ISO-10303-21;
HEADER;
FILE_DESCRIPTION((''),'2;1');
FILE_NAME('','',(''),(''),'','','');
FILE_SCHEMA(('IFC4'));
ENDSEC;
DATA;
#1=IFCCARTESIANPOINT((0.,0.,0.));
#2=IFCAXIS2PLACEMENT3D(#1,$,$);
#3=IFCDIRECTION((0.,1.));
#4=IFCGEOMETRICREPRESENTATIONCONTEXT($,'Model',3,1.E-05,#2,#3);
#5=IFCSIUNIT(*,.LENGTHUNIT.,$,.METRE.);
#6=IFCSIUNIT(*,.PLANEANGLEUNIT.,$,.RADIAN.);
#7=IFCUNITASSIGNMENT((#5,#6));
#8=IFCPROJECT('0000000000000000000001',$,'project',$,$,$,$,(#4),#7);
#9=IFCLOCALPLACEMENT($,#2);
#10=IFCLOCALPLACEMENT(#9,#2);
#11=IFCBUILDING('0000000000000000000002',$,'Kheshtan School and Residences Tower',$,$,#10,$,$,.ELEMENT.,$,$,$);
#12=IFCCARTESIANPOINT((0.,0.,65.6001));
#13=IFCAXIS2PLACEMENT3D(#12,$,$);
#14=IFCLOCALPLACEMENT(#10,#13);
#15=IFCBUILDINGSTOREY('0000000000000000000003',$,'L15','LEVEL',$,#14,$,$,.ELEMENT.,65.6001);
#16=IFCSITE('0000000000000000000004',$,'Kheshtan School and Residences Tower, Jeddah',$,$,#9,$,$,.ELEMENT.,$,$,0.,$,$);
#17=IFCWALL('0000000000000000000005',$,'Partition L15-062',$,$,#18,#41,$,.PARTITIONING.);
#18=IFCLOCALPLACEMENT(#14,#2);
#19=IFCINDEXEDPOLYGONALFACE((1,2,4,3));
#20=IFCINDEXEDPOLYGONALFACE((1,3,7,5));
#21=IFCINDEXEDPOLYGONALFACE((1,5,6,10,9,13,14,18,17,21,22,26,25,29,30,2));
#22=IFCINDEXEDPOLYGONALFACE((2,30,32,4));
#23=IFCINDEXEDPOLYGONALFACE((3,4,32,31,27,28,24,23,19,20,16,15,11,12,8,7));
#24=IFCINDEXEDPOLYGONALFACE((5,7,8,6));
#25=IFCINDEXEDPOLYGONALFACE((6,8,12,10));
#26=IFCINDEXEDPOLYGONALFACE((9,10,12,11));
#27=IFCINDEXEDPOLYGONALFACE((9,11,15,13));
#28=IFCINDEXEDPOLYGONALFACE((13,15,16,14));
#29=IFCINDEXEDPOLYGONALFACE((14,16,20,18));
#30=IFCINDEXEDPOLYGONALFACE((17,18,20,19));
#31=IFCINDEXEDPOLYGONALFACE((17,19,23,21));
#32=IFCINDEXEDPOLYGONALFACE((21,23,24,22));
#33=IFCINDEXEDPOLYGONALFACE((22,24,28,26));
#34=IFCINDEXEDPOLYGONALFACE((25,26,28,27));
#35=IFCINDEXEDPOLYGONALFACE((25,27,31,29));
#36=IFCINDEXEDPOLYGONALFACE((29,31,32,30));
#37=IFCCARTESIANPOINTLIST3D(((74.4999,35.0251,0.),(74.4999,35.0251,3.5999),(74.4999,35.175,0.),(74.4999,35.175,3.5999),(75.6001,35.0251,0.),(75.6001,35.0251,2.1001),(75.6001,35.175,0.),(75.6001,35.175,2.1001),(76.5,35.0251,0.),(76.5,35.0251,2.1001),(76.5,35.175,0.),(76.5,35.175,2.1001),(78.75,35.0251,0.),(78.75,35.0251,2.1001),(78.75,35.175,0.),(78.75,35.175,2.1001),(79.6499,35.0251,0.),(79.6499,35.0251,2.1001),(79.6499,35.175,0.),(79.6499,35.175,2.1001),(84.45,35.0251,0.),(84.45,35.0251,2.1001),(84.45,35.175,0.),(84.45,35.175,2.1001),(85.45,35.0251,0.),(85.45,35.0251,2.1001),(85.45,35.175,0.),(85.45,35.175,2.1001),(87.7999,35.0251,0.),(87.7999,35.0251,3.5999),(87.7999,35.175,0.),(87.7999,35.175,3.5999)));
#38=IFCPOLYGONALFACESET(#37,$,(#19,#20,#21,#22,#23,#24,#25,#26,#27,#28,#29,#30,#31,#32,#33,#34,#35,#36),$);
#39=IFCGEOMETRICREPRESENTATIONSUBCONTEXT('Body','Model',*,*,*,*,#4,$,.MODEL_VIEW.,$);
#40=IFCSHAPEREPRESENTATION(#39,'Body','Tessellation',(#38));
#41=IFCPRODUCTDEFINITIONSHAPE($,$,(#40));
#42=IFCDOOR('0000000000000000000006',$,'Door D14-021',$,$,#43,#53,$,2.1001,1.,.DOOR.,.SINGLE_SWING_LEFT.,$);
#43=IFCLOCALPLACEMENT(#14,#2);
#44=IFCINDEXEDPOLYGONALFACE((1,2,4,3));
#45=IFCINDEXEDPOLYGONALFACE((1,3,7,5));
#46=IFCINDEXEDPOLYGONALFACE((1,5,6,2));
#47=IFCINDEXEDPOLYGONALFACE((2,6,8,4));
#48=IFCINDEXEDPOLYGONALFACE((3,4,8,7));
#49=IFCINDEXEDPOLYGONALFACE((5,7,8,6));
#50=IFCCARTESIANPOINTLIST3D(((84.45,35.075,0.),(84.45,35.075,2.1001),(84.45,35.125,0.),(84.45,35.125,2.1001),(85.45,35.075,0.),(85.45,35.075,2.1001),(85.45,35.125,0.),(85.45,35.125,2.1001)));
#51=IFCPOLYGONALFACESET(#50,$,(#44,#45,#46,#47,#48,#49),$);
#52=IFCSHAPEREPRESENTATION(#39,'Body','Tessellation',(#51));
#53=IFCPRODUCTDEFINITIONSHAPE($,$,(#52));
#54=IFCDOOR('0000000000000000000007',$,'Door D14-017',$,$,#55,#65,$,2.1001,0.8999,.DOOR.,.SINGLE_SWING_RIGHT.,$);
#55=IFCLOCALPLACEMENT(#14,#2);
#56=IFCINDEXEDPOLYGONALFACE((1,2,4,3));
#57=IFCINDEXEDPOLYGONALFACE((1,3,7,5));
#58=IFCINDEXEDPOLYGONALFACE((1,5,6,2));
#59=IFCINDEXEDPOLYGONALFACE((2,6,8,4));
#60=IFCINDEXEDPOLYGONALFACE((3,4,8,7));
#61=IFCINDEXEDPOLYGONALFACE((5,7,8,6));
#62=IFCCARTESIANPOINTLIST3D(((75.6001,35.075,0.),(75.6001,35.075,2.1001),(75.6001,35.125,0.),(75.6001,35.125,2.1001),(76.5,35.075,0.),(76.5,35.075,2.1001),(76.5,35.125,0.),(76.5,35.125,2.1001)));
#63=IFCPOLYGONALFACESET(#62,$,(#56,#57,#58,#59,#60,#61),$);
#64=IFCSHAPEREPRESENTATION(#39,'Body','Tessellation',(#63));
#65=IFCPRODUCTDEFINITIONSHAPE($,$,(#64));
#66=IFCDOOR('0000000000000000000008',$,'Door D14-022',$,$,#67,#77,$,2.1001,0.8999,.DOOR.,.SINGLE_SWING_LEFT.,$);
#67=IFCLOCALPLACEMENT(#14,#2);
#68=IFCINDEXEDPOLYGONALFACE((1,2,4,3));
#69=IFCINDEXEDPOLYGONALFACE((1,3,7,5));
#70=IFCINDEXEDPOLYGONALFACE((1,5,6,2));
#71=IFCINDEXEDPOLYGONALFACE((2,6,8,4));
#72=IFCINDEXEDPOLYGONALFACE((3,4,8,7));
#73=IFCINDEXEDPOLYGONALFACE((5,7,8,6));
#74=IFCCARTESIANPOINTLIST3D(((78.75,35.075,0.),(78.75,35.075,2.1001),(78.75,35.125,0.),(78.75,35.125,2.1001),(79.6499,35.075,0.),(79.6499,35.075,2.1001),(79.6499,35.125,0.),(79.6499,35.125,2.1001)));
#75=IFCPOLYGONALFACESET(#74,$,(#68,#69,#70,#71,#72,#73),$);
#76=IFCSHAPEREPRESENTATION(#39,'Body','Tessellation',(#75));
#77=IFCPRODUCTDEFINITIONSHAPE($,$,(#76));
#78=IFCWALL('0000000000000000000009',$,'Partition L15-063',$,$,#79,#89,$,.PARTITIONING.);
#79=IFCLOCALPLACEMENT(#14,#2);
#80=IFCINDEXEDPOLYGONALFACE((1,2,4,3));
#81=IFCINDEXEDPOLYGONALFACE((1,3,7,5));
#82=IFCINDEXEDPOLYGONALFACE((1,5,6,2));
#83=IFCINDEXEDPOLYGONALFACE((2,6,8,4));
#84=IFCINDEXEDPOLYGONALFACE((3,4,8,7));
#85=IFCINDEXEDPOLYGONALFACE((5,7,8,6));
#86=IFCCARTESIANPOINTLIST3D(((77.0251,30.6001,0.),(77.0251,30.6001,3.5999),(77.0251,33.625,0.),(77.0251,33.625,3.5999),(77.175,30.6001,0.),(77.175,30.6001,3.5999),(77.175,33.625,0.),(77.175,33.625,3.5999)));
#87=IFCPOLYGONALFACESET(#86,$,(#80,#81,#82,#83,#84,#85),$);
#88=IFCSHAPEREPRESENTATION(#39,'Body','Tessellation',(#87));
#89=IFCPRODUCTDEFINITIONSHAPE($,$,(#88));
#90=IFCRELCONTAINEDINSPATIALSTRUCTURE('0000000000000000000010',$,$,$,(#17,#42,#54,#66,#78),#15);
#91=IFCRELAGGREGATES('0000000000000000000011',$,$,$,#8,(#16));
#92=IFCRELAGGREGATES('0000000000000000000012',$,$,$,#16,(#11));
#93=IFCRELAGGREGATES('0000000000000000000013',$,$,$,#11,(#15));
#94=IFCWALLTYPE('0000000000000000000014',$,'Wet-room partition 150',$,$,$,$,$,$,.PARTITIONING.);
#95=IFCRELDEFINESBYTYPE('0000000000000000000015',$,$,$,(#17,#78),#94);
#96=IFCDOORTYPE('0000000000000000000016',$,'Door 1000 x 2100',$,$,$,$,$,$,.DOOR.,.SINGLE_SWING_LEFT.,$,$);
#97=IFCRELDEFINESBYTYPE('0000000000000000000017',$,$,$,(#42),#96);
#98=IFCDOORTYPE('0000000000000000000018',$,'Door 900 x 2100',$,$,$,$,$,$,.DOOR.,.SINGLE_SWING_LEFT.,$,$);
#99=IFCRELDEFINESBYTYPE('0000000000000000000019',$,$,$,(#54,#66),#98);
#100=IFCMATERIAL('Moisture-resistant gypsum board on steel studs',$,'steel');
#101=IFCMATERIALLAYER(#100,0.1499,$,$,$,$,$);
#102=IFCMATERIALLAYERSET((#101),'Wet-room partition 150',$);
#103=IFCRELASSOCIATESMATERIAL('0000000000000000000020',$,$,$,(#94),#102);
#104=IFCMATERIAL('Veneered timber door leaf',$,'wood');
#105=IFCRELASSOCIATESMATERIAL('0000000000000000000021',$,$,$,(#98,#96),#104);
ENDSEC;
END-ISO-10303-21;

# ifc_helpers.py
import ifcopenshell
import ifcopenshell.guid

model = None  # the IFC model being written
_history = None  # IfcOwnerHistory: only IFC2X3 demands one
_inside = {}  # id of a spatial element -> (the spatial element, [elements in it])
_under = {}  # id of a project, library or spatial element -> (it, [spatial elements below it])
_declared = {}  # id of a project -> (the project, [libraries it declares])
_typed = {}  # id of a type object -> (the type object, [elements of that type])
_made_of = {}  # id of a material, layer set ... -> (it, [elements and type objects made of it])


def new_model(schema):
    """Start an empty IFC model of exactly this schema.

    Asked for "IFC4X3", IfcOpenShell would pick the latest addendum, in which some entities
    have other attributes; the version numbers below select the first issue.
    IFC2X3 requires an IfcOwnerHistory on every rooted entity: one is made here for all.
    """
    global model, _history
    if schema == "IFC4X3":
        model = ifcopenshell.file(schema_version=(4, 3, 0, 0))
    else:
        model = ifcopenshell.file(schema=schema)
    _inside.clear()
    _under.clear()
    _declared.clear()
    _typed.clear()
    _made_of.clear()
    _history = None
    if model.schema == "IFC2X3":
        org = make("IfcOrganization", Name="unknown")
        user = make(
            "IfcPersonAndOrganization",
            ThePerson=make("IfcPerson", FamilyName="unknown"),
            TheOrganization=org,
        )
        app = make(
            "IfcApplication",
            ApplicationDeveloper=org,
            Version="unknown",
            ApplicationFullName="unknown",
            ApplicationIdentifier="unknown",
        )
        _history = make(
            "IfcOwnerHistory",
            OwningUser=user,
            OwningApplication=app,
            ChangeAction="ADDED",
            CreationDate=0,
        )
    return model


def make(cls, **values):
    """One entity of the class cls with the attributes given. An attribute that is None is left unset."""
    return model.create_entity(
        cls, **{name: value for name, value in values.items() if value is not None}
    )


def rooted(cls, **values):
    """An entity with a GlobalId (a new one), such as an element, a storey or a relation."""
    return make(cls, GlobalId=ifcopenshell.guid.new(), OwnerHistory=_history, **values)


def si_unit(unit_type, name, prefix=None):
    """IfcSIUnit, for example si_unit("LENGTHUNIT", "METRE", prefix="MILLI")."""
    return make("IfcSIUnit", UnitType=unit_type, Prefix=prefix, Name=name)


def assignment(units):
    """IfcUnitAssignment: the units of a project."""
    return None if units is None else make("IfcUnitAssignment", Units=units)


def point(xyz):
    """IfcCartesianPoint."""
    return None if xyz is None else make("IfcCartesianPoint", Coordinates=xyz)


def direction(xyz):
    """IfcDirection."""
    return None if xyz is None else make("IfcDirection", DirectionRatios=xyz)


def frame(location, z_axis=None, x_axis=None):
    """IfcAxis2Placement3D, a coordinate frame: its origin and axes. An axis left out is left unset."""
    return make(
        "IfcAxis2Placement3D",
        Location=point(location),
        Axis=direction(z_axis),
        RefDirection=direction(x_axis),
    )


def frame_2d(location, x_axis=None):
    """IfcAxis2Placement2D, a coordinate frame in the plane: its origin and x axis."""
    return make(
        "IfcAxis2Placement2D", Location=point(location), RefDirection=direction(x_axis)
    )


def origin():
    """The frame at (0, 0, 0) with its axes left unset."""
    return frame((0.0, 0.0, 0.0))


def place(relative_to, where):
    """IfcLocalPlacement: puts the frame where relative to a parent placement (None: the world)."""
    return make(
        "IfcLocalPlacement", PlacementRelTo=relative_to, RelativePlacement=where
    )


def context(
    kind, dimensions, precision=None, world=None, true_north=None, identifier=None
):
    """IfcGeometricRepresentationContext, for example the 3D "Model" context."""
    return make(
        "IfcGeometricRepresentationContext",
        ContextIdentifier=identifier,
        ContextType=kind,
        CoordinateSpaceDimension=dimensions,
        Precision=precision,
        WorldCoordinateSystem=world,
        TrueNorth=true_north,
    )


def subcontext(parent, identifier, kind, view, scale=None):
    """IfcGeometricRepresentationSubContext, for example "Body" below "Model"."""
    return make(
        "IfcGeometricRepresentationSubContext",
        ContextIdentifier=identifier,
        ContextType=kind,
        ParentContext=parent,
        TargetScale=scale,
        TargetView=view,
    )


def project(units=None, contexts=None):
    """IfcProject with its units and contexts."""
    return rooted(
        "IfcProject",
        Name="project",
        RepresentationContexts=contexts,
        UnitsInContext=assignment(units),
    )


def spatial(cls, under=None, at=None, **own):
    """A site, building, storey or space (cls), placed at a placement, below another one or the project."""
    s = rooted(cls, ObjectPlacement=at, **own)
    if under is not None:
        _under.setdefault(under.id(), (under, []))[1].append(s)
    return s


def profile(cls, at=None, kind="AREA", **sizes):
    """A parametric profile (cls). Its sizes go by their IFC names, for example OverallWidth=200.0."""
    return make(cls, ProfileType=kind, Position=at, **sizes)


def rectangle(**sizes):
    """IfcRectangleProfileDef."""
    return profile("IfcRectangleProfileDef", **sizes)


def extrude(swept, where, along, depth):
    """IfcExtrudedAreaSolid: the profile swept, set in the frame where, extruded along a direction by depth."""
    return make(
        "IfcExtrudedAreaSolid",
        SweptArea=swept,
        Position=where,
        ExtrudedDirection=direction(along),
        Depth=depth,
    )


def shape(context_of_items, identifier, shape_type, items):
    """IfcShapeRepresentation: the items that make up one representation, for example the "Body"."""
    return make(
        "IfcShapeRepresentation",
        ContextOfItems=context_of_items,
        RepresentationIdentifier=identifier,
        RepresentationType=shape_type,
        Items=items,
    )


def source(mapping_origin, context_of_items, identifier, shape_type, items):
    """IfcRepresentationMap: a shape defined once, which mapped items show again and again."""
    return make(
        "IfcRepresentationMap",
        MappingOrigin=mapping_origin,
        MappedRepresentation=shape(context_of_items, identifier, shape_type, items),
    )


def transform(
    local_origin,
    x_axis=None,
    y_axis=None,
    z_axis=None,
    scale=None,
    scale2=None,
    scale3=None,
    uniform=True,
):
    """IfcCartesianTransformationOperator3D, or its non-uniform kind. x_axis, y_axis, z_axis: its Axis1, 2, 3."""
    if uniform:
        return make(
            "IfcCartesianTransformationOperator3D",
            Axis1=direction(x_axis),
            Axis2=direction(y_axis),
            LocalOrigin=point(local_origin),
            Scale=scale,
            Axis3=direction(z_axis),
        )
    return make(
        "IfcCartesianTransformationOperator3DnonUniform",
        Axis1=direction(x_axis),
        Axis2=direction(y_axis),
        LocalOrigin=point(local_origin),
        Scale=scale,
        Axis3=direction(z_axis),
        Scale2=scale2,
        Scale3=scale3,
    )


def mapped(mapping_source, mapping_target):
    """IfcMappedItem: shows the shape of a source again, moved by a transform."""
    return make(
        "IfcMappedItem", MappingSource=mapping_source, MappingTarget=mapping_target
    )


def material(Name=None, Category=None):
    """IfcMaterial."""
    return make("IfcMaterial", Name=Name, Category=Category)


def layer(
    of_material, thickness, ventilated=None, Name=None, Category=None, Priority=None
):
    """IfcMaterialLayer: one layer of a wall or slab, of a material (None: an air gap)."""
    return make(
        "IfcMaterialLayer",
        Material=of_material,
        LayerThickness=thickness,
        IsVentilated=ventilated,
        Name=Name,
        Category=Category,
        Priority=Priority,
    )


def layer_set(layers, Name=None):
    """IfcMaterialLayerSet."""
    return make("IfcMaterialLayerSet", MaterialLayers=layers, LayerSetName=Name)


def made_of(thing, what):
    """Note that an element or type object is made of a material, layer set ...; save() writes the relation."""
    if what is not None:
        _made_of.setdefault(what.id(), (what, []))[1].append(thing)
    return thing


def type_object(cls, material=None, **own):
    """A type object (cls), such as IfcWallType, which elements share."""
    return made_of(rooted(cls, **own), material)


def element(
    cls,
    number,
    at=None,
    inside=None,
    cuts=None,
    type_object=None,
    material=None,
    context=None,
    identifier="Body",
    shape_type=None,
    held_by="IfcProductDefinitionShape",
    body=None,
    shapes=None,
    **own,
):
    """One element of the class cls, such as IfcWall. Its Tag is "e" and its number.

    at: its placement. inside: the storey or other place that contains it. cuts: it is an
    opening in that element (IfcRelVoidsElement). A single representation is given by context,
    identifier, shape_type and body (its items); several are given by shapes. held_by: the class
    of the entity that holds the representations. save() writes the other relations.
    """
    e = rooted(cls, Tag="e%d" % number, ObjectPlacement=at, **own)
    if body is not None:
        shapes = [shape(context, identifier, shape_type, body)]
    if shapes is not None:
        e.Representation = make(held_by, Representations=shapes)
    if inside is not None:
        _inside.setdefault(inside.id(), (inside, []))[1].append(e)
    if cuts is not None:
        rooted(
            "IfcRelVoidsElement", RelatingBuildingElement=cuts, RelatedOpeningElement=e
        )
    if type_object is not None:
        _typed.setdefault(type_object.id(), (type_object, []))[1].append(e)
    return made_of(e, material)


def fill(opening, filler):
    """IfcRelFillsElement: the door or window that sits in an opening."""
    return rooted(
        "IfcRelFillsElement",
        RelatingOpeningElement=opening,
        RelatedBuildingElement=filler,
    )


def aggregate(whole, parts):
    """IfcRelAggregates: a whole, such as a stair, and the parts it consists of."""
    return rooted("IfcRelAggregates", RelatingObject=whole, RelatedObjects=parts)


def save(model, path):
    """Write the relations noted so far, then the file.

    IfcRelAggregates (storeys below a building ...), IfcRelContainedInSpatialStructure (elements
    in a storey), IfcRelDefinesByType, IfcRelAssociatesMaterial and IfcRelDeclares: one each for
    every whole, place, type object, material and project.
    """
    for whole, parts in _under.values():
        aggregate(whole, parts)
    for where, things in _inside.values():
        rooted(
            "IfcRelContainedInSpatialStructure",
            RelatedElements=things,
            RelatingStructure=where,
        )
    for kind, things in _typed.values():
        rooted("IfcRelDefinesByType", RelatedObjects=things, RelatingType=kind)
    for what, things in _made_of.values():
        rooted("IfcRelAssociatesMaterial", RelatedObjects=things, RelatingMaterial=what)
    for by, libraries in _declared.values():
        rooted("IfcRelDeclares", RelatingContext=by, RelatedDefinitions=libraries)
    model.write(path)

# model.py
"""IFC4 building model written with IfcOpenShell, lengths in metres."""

from ifc_helpers import new_model, si_unit, direction, frame, frame_2d, origin, place, context, subcontext, project, spatial, rectangle, extrude, source, transform, mapped, material, layer, layer_set, type_object, element, fill, save


model = new_model("IFC4")

# Units and contexts
model_context = context("Model", 3, precision=1e-05, world=origin(), true_north=direction((0.0, 1.0)))
body_context = subcontext(model_context, "Body", "Model", "MODEL_VIEW")
ifc_project = project(units=[si_unit("LENGTHUNIT", "METRE"), si_unit("PLANEANGLEUNIT", "RADIAN")], contexts=[model_context])

# Site, building, storey
site_placement = place(None, origin())
site = spatial("IfcSite", under=ifc_project, at=site_placement, Name="Kheshtan School and Residences Tower, Jeddah", CompositionType="ELEMENT", RefElevation=0.0)
building_placement = place(site_placement, origin())
building = spatial("IfcBuilding", under=site, at=building_placement, Name="Kheshtan School and Residences Tower", CompositionType="ELEMENT")
storey_placement = place(building_placement, frame((0.0, 0.0, 65.6001)))
storey = spatial("IfcBuildingStorey", under=building, at=storey_placement, Name="L15", Description="LEVEL", CompositionType="ELEMENT", Elevation=65.6001)

# Shared definitions
ifc_material_1 = material(Name="Moisture-resistant gypsum board on steel studs", Category="steel")
ifc_layer_1 = layer(ifc_material_1, 0.1499)
ifc_layer_set_1 = layer_set([ifc_layer_1], Name="Wet-room partition 150")
wall_type_1 = type_object("IfcWallType", Name="Wet-room partition 150", PredefinedType="PARTITIONING", material=ifc_layer_set_1)

# Shared definitions
ifc_material_2 = material(Name="Veneered timber door leaf", Category="wood")

# Wall, openings, doors
door_type_1 = type_object("IfcDoorType", Name="Door 900 x 2100", OperationType="SINGLE_SWING_LEFT", PredefinedType="DOOR", material=ifc_material_2)
shared_shape_1 = source(origin(), body_context, "Body", "SweptSolid", [
    extrude(rectangle(XDim=0.8999, YDim=2.1001, at=frame_2d((0.45, 1.05))), frame((0.0, 0.0249, 0.0), z_axis=(0.0, -1.0, 0.0), x_axis=(1.0, 0.0, 0.0)), (0.0, 0.0, 1.0), 0.05),
])
wall_1_placement = place(storey_placement, frame((74.5, 35.1001, 0.0), z_axis=(0.0, 0.0, 1.0), x_axis=(1.0, 0.0, 0.0)))
wall_1 = element("IfcWall", 1, at=wall_1_placement, inside=storey, type_object=wall_type_1, Name="Partition L15-062", PredefinedType="PARTITIONING", context=body_context, shape_type="SweptSolid", body=[
    extrude(rectangle(XDim=13.3, YDim=0.1499, at=frame_2d((6.6499, 0.0))), origin(), (0.0, 0.0, 1.0), 3.5999),
])
opening_1_placement = place(wall_1_placement, frame((1.1001, 0.0, 0.0)))
opening_1 = element("IfcOpeningElement", 2, at=opening_1_placement, cuts=wall_1, PredefinedType="OPENING", context=body_context, shape_type="SweptSolid", body=[
    extrude(rectangle(XDim=0.8999, YDim=2.1001, at=frame_2d((0.45, 1.05))), frame((0.0, 0.085, 0.0), z_axis=(0.0, -1.0, 0.0), x_axis=(1.0, 0.0, 0.0)), (0.0, 0.0, 1.0), 0.1699),
])
opening_2_placement = place(wall_1_placement, frame((9.95, 0.0, 0.0)))
opening_2 = element("IfcOpeningElement", 3, at=opening_2_placement, cuts=wall_1, PredefinedType="OPENING", context=body_context, shape_type="SweptSolid", body=[
    extrude(rectangle(XDim=1.0, YDim=2.1001, at=frame_2d((0.5, 1.05))), frame((0.0, 0.085, 0.0), z_axis=(0.0, -1.0, 0.0), x_axis=(1.0, 0.0, 0.0)), (0.0, 0.0, 1.0), 0.1699),
])
opening_3_placement = place(wall_1_placement, frame((4.25, 0.0, 0.0)))
opening_3 = element("IfcOpeningElement", 4, at=opening_3_placement, cuts=wall_1, PredefinedType="OPENING", context=body_context, shape_type="SweptSolid", body=[
    extrude(rectangle(XDim=0.8999, YDim=2.1001, at=frame_2d((0.45, 1.05))), frame((0.0, 0.085, 0.0), z_axis=(0.0, -1.0, 0.0), x_axis=(1.0, 0.0, 0.0)), (0.0, 0.0, 1.0), 0.1699),
])
door_type_2 = type_object("IfcDoorType", Name="Door 1000 x 2100", OperationType="SINGLE_SWING_LEFT", PredefinedType="DOOR", material=ifc_material_2)
shared_shape_2 = source(origin(), body_context, "Body", "SweptSolid", [
    extrude(rectangle(XDim=1.0, YDim=2.1001, at=frame_2d((0.5, 1.05))), frame((0.0, 0.0249, 0.0), z_axis=(0.0, -1.0, 0.0), x_axis=(1.0, 0.0, 0.0)), (0.0, 0.0, 1.0), 0.05),
])
door_1_placement = place(opening_2_placement, origin())
door_1 = element("IfcDoor", 5, at=door_1_placement, inside=storey, type_object=door_type_2, Name="Door D14-021", OperationType="SINGLE_SWING_LEFT", OverallHeight=2.1001, OverallWidth=1.0, PredefinedType="DOOR", context=body_context, shape_type="MappedRepresentation", body=[
    mapped(shared_shape_2, transform((0.0, 0.0, 0.0), x_axis=(1.0, 0.0, 0.0), y_axis=(0.0, 1.0, 0.0), z_axis=(0.0, 0.0, 1.0), scale=1.0)),
])
fill(opening_2, door_1)
door_2_placement = place(opening_1_placement, origin())
door_2 = element("IfcDoor", 6, at=door_2_placement, inside=storey, type_object=door_type_1, Name="Door D14-017", OperationType="SINGLE_SWING_RIGHT", OverallHeight=2.1001, OverallWidth=0.8999, PredefinedType="DOOR", context=body_context, shape_type="MappedRepresentation", body=[
    mapped(shared_shape_1, transform((0.0, 0.0, 0.0), x_axis=(1.0, 0.0, 0.0), y_axis=(0.0, 1.0, 0.0), z_axis=(0.0, 0.0, 1.0), scale=1.0)),
])
fill(opening_1, door_2)
door_3_placement = place(opening_3_placement, origin())
door_3 = element("IfcDoor", 7, at=door_3_placement, inside=storey, type_object=door_type_1, Name="Door D14-022", OperationType="SINGLE_SWING_LEFT", OverallHeight=2.1001, OverallWidth=0.8999, PredefinedType="DOOR", context=body_context, shape_type="MappedRepresentation", body=[
    mapped(shared_shape_1, transform((0.0, 0.0, 0.0), x_axis=(1.0, 0.0, 0.0), y_axis=(0.0, 1.0, 0.0), z_axis=(0.0, 0.0, 1.0), scale=1.0)),
])
fill(opening_3, door_3)

# Wall
wall_2_placement = place(storey_placement, frame((77.1001, 30.6001, 0.0), z_axis=(0.0, 0.0, 1.0), x_axis=(0.0, 1.0, 0.0)))
element("IfcWall", 8, at=wall_2_placement, inside=storey, type_object=wall_type_1, Name="Partition L15-063", PredefinedType="PARTITIONING", context=body_context, shape_type="SweptSolid", body=[
    extrude(rectangle(XDim=3.0249, YDim=0.1499, at=frame_2d((1.5125, 0.0))), origin(), (0.0, 0.0, 1.0), 3.5999),
])

save(model, "model.ifc")
